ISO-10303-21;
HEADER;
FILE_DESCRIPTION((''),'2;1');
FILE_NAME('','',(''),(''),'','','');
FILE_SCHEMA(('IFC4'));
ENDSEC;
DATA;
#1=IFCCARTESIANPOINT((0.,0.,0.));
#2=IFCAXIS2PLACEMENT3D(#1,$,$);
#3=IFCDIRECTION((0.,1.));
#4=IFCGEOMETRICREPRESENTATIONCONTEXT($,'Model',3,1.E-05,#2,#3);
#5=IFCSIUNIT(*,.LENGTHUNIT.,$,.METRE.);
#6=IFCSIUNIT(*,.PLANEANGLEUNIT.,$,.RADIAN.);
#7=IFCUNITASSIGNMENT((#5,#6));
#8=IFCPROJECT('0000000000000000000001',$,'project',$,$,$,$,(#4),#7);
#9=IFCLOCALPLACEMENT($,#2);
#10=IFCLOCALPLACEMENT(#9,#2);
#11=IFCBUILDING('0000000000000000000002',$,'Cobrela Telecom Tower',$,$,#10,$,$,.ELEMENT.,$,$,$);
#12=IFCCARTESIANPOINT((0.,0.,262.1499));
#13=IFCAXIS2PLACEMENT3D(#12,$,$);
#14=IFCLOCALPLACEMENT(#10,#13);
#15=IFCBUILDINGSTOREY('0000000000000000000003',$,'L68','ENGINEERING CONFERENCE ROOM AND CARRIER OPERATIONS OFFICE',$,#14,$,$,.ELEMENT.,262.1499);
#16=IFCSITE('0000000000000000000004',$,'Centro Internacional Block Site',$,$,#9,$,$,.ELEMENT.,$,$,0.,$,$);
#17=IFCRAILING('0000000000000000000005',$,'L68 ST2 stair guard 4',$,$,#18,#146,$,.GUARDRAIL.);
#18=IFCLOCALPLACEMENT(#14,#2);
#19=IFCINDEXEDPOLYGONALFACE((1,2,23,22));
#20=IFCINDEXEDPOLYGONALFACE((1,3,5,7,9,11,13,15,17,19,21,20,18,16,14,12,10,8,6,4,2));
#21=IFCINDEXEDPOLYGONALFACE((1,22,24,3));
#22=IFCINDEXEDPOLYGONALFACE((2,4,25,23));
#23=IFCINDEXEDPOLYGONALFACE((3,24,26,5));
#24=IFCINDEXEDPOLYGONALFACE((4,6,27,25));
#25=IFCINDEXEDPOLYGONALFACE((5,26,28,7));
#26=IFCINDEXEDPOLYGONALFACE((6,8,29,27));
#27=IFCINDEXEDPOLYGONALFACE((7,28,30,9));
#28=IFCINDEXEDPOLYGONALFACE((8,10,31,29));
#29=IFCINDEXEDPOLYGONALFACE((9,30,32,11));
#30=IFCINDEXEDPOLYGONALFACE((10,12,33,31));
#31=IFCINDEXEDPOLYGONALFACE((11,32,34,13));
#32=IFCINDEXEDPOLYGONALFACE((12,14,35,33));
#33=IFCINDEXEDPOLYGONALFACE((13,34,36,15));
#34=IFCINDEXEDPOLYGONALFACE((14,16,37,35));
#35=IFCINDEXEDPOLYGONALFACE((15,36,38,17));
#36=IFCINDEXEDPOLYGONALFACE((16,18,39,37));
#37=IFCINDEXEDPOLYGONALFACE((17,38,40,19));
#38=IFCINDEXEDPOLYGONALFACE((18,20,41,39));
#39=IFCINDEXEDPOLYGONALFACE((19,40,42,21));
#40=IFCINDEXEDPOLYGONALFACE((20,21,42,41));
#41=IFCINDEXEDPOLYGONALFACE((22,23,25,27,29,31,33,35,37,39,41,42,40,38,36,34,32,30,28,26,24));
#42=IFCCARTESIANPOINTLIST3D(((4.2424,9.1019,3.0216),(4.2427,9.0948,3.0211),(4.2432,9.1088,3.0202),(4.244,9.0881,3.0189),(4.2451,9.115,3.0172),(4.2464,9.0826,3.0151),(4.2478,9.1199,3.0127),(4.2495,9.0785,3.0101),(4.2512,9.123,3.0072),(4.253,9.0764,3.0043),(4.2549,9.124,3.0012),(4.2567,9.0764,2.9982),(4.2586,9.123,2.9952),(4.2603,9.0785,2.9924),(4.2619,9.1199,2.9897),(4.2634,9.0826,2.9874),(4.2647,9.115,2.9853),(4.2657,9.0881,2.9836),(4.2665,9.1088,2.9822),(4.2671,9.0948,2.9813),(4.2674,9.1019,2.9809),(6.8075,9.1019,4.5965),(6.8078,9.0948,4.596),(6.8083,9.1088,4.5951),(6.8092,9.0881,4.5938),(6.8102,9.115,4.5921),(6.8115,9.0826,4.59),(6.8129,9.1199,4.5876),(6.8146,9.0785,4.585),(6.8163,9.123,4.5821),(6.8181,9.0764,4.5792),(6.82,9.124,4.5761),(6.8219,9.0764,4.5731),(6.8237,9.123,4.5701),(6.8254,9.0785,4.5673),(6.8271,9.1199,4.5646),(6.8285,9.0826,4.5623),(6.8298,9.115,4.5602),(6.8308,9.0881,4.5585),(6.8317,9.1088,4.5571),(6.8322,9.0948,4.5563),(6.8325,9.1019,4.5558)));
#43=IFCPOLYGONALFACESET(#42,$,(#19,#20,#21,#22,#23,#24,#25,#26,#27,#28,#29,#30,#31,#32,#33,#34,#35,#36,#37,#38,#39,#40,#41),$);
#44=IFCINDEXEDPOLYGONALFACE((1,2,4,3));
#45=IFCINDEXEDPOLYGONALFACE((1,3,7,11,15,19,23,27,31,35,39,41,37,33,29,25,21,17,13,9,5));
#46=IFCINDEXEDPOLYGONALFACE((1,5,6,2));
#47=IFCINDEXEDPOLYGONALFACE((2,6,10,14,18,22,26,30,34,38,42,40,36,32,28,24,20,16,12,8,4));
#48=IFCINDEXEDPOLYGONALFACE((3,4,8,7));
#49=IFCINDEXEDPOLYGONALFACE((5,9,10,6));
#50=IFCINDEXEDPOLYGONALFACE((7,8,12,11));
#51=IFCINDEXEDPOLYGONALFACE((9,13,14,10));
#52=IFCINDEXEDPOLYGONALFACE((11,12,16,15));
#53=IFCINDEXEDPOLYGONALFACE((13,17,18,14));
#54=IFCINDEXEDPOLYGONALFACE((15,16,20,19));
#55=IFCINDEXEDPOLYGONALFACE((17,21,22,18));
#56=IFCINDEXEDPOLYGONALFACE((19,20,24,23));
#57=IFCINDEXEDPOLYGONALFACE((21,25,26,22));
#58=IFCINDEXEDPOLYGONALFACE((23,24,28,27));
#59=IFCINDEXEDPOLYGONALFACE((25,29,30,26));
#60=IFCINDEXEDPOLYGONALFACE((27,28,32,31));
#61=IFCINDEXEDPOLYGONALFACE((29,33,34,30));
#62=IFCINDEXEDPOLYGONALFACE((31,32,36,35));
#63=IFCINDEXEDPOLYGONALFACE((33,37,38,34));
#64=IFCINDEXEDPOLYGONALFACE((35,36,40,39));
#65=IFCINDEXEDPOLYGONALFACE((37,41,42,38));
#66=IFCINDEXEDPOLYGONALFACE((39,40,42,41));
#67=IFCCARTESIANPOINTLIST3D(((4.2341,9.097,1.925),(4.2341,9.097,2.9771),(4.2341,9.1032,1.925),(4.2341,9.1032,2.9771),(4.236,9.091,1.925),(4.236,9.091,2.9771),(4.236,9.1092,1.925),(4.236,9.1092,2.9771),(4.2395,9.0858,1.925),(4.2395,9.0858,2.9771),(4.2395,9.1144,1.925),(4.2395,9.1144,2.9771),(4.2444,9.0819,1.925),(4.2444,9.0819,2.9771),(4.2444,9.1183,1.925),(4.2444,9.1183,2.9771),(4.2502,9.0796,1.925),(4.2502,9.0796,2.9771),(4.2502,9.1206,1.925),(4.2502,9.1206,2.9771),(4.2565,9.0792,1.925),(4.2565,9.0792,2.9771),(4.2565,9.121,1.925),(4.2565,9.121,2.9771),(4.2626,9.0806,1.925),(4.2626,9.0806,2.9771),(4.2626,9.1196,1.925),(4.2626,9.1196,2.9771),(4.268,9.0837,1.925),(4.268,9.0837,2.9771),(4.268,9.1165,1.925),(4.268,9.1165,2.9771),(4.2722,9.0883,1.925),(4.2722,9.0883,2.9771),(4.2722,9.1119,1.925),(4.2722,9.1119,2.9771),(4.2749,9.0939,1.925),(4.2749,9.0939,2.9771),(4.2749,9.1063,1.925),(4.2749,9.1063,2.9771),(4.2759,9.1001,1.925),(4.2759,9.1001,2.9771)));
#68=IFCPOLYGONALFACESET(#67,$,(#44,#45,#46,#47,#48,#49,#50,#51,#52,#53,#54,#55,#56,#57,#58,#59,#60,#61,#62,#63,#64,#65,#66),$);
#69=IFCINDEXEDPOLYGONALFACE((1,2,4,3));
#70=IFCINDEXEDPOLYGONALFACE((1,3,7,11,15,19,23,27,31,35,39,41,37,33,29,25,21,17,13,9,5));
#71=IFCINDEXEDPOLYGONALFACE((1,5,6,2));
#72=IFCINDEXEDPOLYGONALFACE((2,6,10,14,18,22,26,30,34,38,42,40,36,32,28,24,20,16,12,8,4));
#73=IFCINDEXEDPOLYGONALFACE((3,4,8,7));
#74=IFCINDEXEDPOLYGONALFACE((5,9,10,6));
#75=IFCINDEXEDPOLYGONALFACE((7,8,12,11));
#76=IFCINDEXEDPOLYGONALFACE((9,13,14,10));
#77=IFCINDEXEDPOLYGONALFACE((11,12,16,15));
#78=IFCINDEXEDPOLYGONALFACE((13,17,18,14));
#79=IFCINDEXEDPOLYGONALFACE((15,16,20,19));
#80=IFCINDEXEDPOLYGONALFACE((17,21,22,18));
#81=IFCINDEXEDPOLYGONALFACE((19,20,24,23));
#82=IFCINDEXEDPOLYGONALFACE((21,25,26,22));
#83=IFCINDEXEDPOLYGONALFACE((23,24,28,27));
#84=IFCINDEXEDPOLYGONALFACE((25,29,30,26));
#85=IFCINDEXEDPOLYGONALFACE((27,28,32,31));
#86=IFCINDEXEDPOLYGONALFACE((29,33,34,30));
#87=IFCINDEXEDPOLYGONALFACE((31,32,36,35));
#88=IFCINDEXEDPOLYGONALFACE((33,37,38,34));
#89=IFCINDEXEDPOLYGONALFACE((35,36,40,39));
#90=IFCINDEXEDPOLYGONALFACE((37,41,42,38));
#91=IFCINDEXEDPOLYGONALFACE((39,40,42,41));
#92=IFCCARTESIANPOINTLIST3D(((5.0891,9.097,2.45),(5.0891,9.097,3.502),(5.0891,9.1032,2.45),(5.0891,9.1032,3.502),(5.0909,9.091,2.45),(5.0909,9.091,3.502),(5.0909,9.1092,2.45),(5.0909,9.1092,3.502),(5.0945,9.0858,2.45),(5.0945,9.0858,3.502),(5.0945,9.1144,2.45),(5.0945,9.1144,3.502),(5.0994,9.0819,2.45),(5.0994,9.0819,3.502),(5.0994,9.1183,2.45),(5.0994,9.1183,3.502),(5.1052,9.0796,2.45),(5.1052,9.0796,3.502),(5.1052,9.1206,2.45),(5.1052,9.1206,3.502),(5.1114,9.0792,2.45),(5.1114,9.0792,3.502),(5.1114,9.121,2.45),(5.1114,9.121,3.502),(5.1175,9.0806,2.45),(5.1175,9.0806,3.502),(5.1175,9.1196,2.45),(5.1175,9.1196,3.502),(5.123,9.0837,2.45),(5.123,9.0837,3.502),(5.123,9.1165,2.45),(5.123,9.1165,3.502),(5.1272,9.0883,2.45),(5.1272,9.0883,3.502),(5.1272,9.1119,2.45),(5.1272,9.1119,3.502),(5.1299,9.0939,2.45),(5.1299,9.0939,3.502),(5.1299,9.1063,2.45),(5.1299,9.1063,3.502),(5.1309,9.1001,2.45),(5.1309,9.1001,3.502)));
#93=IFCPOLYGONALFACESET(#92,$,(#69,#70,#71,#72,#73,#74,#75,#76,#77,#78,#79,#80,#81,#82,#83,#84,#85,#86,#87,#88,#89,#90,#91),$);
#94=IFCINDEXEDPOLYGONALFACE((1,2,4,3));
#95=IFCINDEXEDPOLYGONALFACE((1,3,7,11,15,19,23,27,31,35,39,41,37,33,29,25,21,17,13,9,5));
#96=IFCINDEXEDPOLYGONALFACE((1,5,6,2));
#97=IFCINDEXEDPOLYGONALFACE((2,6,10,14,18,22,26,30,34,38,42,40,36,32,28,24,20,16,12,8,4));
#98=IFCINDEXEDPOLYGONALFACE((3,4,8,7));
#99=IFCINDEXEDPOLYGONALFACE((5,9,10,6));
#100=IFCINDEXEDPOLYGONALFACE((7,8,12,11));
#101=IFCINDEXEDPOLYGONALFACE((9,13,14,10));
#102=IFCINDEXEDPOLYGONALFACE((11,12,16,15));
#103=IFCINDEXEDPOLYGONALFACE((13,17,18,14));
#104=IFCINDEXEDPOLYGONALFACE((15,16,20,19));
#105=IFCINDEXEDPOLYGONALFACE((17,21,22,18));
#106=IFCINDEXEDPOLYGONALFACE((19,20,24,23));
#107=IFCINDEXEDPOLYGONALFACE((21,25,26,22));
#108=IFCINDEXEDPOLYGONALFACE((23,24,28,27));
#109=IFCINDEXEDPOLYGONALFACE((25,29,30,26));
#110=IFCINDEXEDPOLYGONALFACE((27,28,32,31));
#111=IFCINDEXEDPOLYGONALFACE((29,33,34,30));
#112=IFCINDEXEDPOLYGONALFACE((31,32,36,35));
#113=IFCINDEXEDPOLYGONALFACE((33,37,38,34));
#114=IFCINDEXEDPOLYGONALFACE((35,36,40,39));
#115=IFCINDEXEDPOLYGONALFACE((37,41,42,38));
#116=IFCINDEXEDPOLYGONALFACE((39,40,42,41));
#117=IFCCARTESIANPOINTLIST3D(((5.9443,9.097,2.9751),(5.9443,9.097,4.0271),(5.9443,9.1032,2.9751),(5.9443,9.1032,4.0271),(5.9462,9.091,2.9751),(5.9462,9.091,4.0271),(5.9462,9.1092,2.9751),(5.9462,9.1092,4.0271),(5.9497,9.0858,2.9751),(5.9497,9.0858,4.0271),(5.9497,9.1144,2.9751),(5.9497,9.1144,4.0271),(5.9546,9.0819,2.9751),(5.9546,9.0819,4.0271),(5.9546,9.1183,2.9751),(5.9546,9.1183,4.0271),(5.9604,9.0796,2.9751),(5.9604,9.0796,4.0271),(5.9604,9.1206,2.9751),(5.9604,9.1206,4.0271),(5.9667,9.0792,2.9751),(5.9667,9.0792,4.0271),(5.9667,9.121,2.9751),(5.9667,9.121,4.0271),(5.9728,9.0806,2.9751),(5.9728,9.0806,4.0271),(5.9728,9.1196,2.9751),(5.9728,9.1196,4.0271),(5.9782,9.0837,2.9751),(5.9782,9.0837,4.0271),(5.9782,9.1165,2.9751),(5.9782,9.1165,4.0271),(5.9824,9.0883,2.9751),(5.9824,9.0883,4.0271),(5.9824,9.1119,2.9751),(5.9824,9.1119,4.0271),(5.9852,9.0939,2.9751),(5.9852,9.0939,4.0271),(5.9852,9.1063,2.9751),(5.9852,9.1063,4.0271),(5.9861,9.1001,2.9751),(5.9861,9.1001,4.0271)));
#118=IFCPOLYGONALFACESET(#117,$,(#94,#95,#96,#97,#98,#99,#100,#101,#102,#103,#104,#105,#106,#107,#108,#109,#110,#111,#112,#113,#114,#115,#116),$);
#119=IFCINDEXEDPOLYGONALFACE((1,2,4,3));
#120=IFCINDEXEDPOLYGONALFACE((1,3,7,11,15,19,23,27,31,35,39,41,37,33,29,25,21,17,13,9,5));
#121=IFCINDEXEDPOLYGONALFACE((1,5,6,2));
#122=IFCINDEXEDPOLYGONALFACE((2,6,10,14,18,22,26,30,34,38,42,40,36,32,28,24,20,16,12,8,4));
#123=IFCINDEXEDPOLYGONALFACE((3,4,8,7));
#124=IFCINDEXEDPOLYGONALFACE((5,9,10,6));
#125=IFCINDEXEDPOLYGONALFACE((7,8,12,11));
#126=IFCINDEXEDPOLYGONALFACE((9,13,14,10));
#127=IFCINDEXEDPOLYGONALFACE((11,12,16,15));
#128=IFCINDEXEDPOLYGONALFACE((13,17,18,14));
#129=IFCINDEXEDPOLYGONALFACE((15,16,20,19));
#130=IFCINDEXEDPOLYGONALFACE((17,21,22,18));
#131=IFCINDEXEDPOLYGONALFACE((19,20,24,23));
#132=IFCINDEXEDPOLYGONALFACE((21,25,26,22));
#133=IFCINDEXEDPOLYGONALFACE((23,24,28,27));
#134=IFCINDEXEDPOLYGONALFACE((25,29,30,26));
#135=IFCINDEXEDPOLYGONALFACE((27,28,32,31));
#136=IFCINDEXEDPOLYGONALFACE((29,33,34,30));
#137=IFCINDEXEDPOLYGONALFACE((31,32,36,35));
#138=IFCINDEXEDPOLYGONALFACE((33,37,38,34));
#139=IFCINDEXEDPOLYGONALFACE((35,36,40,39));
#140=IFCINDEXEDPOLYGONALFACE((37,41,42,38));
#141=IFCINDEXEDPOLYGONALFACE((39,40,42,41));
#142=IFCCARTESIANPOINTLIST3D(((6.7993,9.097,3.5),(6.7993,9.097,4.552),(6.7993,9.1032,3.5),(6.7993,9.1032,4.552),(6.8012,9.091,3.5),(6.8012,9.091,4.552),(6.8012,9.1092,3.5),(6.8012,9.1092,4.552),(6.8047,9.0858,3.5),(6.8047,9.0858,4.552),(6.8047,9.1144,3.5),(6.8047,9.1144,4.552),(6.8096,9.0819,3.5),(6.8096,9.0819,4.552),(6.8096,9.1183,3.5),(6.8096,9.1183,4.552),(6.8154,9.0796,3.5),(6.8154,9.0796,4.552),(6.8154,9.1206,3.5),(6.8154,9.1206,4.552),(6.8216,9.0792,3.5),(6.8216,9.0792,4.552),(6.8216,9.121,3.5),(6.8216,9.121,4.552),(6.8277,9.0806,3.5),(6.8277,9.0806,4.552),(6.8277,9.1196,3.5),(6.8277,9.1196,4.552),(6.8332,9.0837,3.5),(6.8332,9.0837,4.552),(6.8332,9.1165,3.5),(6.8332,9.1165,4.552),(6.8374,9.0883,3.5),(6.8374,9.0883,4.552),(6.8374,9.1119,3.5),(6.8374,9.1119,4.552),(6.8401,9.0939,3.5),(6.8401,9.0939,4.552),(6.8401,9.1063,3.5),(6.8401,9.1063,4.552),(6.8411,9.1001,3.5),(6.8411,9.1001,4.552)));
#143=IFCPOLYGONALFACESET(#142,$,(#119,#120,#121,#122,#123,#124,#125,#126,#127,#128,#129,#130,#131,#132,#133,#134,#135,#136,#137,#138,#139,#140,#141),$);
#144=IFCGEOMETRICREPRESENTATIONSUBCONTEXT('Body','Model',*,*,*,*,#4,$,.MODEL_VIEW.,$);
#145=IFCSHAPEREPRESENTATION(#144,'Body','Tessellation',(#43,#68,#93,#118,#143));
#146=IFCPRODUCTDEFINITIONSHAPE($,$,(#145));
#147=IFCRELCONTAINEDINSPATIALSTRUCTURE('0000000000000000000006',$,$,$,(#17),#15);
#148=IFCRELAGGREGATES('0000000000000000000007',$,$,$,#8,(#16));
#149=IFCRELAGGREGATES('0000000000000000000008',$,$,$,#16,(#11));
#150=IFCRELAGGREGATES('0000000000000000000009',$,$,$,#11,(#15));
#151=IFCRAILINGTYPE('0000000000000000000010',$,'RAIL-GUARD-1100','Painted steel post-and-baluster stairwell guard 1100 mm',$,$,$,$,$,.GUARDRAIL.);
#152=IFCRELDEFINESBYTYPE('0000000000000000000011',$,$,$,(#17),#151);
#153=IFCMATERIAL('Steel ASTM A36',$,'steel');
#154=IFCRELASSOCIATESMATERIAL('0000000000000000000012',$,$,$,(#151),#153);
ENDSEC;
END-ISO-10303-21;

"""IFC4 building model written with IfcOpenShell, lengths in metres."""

from ifc_helpers import new_model, si_unit, direction, frame, origin, origin_2d, place, context, subcontext, project, spatial, circle, extrude, material, type_object, element, save


model = new_model("IFC4")

# Units and contexts
model_context = context("Model", 3, precision=1e-05, world=origin(), true_north=direction((0.0, 1.0)))
body_context = subcontext(model_context, "Body", "Model", "MODEL_VIEW")
ifc_project = project(units=[si_unit("LENGTHUNIT", "METRE"), si_unit("PLANEANGLEUNIT", "RADIAN")], contexts=[model_context])

# Site, building, storey
site_placement = place(None, origin())
site = spatial("IfcSite", under=ifc_project, at=site_placement, Name="Centro Internacional Block Site", CompositionType="ELEMENT", RefElevation=0.0)
building_placement = place(site_placement, origin())
building = spatial("IfcBuilding", under=site, at=building_placement, Name="Cobrela Telecom Tower", CompositionType="ELEMENT")
storey_placement = place(building_placement, frame((0.0, 0.0, 262.1499)))
storey = spatial("IfcBuildingStorey", under=building, at=storey_placement, Name="L68", Description="ENGINEERING CONFERENCE ROOM AND CARRIER OPERATIONS OFFICE", CompositionType="ELEMENT", Elevation=262.1499)

# Shared definitions
ifc_material_1 = material(Name="Steel ASTM A36", Category="steel")

# Railing
railing_type = type_object("IfcRailingType", Name="RAIL-GUARD-1100", Description="Painted steel post-and-baluster stairwell guard 1100 mm", PredefinedType="GUARDRAIL", material=ifc_material_1)
railing_placement = place(storey_placement, frame((4.2549, 9.1001, 1.925)))
element("IfcRailing", 1, at=railing_placement, inside=storey, type_object=railing_type, Name="L68 ST2 stair guard 4", PredefinedType="GUARDRAIL", context=body_context, shape_type="SweptSolid", body=[
    extrude(circle(Radius=0.0239, at=origin_2d()), frame((0.0, 0.0, 1.0762), z_axis=(0.852195, 0.0, 0.523224), x_axis=(0.0, 1.0, 0.0)), (0.0, 0.0, 1.0), 3.01),
    extrude(circle(Radius=0.021, at=origin_2d()), origin(), (0.0, 0.0, 1.0), 1.052),
    extrude(circle(Radius=0.021, at=origin_2d()), frame((0.855, 0.0, 0.5249)), (0.0, 0.0, 1.0), 1.052),
    extrude(circle(Radius=0.021, at=origin_2d()), frame((1.7102, 0.0, 1.05)), (0.0, 0.0, 1.0), 1.052),
    extrude(circle(Radius=0.021, at=origin_2d()), frame((2.5652, 0.0, 1.575)), (0.0, 0.0, 1.0), 1.052),
])

save(model, "model.ifc")
